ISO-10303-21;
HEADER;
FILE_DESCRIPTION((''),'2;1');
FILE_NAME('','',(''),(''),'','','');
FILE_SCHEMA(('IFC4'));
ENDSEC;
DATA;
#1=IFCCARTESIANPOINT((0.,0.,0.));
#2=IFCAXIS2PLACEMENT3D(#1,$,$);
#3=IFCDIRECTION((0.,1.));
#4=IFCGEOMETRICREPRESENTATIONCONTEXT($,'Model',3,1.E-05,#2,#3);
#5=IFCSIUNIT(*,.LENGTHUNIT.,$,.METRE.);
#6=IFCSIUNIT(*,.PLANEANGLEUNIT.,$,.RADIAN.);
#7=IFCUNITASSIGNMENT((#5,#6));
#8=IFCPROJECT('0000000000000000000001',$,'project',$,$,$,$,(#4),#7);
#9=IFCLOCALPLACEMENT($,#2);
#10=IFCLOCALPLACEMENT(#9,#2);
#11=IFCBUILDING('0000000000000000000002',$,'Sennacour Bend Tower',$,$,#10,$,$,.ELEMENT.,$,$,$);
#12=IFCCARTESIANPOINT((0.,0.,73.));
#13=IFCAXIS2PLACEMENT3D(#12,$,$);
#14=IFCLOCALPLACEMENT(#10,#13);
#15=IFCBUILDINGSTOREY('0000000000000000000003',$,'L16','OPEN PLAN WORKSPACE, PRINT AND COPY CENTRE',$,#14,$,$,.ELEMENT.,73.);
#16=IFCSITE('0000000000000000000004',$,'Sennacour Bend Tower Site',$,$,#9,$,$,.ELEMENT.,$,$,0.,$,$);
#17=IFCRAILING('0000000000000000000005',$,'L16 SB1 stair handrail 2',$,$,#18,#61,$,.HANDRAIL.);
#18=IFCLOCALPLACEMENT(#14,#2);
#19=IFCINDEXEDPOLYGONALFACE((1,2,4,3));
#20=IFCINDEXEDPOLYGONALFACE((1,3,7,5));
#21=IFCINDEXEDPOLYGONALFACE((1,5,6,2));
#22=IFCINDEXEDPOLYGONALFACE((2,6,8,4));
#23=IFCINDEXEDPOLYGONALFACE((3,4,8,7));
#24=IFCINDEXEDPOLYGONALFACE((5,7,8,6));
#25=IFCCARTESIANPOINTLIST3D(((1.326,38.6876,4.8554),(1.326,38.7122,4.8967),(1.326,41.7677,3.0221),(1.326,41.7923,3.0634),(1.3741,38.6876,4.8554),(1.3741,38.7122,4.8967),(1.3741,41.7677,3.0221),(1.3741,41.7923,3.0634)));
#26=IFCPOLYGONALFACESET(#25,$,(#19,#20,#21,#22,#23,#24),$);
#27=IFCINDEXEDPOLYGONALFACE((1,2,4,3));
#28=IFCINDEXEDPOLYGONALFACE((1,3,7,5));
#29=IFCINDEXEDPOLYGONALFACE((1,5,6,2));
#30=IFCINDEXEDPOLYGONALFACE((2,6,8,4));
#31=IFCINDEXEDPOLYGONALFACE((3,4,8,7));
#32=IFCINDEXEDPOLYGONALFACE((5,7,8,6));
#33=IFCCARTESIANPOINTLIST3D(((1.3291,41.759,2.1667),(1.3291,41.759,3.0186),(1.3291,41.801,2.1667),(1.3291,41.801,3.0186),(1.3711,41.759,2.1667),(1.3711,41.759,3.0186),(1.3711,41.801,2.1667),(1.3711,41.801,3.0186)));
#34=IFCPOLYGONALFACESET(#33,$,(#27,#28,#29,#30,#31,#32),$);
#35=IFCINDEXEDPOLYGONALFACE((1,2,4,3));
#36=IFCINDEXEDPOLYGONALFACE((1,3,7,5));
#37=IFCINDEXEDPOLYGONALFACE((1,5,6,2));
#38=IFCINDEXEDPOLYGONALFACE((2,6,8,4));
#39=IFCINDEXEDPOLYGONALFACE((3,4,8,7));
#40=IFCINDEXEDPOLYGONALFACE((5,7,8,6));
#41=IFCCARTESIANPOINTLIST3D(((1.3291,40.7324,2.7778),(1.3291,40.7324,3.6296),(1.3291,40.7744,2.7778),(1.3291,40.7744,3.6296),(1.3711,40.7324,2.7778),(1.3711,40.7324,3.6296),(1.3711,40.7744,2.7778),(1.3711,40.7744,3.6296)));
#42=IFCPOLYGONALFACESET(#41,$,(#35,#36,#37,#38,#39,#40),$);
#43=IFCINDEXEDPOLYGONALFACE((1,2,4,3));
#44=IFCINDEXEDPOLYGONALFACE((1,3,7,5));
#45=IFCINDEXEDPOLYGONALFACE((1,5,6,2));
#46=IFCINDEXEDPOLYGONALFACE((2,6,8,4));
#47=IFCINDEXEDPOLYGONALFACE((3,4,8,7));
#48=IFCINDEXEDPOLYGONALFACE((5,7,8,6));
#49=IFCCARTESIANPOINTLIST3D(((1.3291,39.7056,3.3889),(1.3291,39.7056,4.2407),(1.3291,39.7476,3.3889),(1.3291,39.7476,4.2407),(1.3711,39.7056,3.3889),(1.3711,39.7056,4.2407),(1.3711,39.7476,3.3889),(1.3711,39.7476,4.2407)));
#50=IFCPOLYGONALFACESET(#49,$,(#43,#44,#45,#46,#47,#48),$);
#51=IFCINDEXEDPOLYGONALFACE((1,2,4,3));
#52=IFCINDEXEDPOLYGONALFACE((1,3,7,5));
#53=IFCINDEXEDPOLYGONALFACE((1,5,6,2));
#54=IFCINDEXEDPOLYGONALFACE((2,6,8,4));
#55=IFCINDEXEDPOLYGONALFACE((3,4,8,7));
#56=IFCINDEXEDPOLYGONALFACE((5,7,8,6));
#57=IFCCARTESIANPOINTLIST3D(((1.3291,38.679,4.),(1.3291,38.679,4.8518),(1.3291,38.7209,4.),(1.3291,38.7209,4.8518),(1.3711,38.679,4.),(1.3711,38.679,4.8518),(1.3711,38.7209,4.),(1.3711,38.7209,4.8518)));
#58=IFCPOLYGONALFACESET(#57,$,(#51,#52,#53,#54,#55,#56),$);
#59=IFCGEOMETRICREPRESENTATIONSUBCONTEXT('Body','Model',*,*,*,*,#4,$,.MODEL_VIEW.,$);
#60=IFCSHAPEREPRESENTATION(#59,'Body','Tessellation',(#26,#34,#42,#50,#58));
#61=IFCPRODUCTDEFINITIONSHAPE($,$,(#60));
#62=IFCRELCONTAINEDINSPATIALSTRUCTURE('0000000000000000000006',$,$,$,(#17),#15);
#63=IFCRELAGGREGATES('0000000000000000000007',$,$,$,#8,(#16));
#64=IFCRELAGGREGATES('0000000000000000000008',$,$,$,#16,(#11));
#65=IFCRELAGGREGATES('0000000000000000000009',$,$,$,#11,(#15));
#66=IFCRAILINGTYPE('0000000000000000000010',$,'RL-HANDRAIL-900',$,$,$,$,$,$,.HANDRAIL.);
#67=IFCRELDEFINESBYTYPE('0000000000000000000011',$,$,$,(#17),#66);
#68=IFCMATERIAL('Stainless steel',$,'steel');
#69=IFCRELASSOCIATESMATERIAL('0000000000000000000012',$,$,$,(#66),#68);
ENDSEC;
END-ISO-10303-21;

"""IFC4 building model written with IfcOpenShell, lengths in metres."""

from ifc_helpers import new_model, si_unit, direction, frame, origin, origin_2d, place, context, subcontext, project, spatial, rectangle, extrude, material, type_object, element, save


model = new_model("IFC4")

# Units and contexts
model_context = context("Model", 3, precision=1e-05, world=origin(), true_north=direction((0.0, 1.0)))
body_context = subcontext(model_context, "Body", "Model", "MODEL_VIEW")
ifc_project = project(units=[si_unit("LENGTHUNIT", "METRE"), si_unit("PLANEANGLEUNIT", "RADIAN")], contexts=[model_context])

# Site, building, storey
site_placement = place(None, origin())
site = spatial("IfcSite", under=ifc_project, at=site_placement, Name="Sennacour Bend Tower Site", CompositionType="ELEMENT", RefElevation=0.0)
building_placement = place(site_placement, origin())
building = spatial("IfcBuilding", under=site, at=building_placement, Name="Sennacour Bend Tower", CompositionType="ELEMENT")
storey_placement = place(building_placement, frame((0.0, 0.0, 73.0)))
storey = spatial("IfcBuildingStorey", under=building, at=storey_placement, Name="L16", Description="OPEN PLAN WORKSPACE, PRINT AND COPY CENTRE", CompositionType="ELEMENT", Elevation=73.0)

# Railing
ifc_material_1 = material(Name="Stainless steel", Category="steel")
railing_type_1 = type_object("IfcRailingType", Name="RL-HANDRAIL-900", PredefinedType="HANDRAIL", material=ifc_material_1)
railing_1_placement = place(storey_placement, frame((1.3501, 41.78, 2.1667)))
element("IfcRailing", 1, at=railing_1_placement, inside=storey, type_object=railing_type_1, Name="L16 SB1 stair handrail 2", PredefinedType="HANDRAIL", context=body_context, shape_type="SweptSolid", body=[
    extrude(rectangle(XDim=0.0481, YDim=0.0481, at=origin_2d()), frame((0.0, 0.0, 0.876), z_axis=(0.0, -0.859309, 0.511458), x_axis=(1.0, 0.0, 0.0)), (0.0, 0.0, 1.0), 3.5845),
    extrude(rectangle(XDim=0.042, YDim=0.042, at=origin_2d()), origin(), (0.0, 0.0, 1.0), 0.8518),
    extrude(rectangle(XDim=0.042, YDim=0.042, at=origin_2d()), frame((0.0, -1.0266, 0.6111)), (0.0, 0.0, 1.0), 0.8518),
    extrude(rectangle(XDim=0.042, YDim=0.042, at=origin_2d()), frame((0.0, -2.0535, 1.2222)), (0.0, 0.0, 1.0), 0.8518),
    extrude(rectangle(XDim=0.042, YDim=0.042, at=origin_2d()), frame((0.0, -3.0801, 1.8333)), (0.0, 0.0, 1.0), 0.8518),
])

save(model, "model.ifc")
